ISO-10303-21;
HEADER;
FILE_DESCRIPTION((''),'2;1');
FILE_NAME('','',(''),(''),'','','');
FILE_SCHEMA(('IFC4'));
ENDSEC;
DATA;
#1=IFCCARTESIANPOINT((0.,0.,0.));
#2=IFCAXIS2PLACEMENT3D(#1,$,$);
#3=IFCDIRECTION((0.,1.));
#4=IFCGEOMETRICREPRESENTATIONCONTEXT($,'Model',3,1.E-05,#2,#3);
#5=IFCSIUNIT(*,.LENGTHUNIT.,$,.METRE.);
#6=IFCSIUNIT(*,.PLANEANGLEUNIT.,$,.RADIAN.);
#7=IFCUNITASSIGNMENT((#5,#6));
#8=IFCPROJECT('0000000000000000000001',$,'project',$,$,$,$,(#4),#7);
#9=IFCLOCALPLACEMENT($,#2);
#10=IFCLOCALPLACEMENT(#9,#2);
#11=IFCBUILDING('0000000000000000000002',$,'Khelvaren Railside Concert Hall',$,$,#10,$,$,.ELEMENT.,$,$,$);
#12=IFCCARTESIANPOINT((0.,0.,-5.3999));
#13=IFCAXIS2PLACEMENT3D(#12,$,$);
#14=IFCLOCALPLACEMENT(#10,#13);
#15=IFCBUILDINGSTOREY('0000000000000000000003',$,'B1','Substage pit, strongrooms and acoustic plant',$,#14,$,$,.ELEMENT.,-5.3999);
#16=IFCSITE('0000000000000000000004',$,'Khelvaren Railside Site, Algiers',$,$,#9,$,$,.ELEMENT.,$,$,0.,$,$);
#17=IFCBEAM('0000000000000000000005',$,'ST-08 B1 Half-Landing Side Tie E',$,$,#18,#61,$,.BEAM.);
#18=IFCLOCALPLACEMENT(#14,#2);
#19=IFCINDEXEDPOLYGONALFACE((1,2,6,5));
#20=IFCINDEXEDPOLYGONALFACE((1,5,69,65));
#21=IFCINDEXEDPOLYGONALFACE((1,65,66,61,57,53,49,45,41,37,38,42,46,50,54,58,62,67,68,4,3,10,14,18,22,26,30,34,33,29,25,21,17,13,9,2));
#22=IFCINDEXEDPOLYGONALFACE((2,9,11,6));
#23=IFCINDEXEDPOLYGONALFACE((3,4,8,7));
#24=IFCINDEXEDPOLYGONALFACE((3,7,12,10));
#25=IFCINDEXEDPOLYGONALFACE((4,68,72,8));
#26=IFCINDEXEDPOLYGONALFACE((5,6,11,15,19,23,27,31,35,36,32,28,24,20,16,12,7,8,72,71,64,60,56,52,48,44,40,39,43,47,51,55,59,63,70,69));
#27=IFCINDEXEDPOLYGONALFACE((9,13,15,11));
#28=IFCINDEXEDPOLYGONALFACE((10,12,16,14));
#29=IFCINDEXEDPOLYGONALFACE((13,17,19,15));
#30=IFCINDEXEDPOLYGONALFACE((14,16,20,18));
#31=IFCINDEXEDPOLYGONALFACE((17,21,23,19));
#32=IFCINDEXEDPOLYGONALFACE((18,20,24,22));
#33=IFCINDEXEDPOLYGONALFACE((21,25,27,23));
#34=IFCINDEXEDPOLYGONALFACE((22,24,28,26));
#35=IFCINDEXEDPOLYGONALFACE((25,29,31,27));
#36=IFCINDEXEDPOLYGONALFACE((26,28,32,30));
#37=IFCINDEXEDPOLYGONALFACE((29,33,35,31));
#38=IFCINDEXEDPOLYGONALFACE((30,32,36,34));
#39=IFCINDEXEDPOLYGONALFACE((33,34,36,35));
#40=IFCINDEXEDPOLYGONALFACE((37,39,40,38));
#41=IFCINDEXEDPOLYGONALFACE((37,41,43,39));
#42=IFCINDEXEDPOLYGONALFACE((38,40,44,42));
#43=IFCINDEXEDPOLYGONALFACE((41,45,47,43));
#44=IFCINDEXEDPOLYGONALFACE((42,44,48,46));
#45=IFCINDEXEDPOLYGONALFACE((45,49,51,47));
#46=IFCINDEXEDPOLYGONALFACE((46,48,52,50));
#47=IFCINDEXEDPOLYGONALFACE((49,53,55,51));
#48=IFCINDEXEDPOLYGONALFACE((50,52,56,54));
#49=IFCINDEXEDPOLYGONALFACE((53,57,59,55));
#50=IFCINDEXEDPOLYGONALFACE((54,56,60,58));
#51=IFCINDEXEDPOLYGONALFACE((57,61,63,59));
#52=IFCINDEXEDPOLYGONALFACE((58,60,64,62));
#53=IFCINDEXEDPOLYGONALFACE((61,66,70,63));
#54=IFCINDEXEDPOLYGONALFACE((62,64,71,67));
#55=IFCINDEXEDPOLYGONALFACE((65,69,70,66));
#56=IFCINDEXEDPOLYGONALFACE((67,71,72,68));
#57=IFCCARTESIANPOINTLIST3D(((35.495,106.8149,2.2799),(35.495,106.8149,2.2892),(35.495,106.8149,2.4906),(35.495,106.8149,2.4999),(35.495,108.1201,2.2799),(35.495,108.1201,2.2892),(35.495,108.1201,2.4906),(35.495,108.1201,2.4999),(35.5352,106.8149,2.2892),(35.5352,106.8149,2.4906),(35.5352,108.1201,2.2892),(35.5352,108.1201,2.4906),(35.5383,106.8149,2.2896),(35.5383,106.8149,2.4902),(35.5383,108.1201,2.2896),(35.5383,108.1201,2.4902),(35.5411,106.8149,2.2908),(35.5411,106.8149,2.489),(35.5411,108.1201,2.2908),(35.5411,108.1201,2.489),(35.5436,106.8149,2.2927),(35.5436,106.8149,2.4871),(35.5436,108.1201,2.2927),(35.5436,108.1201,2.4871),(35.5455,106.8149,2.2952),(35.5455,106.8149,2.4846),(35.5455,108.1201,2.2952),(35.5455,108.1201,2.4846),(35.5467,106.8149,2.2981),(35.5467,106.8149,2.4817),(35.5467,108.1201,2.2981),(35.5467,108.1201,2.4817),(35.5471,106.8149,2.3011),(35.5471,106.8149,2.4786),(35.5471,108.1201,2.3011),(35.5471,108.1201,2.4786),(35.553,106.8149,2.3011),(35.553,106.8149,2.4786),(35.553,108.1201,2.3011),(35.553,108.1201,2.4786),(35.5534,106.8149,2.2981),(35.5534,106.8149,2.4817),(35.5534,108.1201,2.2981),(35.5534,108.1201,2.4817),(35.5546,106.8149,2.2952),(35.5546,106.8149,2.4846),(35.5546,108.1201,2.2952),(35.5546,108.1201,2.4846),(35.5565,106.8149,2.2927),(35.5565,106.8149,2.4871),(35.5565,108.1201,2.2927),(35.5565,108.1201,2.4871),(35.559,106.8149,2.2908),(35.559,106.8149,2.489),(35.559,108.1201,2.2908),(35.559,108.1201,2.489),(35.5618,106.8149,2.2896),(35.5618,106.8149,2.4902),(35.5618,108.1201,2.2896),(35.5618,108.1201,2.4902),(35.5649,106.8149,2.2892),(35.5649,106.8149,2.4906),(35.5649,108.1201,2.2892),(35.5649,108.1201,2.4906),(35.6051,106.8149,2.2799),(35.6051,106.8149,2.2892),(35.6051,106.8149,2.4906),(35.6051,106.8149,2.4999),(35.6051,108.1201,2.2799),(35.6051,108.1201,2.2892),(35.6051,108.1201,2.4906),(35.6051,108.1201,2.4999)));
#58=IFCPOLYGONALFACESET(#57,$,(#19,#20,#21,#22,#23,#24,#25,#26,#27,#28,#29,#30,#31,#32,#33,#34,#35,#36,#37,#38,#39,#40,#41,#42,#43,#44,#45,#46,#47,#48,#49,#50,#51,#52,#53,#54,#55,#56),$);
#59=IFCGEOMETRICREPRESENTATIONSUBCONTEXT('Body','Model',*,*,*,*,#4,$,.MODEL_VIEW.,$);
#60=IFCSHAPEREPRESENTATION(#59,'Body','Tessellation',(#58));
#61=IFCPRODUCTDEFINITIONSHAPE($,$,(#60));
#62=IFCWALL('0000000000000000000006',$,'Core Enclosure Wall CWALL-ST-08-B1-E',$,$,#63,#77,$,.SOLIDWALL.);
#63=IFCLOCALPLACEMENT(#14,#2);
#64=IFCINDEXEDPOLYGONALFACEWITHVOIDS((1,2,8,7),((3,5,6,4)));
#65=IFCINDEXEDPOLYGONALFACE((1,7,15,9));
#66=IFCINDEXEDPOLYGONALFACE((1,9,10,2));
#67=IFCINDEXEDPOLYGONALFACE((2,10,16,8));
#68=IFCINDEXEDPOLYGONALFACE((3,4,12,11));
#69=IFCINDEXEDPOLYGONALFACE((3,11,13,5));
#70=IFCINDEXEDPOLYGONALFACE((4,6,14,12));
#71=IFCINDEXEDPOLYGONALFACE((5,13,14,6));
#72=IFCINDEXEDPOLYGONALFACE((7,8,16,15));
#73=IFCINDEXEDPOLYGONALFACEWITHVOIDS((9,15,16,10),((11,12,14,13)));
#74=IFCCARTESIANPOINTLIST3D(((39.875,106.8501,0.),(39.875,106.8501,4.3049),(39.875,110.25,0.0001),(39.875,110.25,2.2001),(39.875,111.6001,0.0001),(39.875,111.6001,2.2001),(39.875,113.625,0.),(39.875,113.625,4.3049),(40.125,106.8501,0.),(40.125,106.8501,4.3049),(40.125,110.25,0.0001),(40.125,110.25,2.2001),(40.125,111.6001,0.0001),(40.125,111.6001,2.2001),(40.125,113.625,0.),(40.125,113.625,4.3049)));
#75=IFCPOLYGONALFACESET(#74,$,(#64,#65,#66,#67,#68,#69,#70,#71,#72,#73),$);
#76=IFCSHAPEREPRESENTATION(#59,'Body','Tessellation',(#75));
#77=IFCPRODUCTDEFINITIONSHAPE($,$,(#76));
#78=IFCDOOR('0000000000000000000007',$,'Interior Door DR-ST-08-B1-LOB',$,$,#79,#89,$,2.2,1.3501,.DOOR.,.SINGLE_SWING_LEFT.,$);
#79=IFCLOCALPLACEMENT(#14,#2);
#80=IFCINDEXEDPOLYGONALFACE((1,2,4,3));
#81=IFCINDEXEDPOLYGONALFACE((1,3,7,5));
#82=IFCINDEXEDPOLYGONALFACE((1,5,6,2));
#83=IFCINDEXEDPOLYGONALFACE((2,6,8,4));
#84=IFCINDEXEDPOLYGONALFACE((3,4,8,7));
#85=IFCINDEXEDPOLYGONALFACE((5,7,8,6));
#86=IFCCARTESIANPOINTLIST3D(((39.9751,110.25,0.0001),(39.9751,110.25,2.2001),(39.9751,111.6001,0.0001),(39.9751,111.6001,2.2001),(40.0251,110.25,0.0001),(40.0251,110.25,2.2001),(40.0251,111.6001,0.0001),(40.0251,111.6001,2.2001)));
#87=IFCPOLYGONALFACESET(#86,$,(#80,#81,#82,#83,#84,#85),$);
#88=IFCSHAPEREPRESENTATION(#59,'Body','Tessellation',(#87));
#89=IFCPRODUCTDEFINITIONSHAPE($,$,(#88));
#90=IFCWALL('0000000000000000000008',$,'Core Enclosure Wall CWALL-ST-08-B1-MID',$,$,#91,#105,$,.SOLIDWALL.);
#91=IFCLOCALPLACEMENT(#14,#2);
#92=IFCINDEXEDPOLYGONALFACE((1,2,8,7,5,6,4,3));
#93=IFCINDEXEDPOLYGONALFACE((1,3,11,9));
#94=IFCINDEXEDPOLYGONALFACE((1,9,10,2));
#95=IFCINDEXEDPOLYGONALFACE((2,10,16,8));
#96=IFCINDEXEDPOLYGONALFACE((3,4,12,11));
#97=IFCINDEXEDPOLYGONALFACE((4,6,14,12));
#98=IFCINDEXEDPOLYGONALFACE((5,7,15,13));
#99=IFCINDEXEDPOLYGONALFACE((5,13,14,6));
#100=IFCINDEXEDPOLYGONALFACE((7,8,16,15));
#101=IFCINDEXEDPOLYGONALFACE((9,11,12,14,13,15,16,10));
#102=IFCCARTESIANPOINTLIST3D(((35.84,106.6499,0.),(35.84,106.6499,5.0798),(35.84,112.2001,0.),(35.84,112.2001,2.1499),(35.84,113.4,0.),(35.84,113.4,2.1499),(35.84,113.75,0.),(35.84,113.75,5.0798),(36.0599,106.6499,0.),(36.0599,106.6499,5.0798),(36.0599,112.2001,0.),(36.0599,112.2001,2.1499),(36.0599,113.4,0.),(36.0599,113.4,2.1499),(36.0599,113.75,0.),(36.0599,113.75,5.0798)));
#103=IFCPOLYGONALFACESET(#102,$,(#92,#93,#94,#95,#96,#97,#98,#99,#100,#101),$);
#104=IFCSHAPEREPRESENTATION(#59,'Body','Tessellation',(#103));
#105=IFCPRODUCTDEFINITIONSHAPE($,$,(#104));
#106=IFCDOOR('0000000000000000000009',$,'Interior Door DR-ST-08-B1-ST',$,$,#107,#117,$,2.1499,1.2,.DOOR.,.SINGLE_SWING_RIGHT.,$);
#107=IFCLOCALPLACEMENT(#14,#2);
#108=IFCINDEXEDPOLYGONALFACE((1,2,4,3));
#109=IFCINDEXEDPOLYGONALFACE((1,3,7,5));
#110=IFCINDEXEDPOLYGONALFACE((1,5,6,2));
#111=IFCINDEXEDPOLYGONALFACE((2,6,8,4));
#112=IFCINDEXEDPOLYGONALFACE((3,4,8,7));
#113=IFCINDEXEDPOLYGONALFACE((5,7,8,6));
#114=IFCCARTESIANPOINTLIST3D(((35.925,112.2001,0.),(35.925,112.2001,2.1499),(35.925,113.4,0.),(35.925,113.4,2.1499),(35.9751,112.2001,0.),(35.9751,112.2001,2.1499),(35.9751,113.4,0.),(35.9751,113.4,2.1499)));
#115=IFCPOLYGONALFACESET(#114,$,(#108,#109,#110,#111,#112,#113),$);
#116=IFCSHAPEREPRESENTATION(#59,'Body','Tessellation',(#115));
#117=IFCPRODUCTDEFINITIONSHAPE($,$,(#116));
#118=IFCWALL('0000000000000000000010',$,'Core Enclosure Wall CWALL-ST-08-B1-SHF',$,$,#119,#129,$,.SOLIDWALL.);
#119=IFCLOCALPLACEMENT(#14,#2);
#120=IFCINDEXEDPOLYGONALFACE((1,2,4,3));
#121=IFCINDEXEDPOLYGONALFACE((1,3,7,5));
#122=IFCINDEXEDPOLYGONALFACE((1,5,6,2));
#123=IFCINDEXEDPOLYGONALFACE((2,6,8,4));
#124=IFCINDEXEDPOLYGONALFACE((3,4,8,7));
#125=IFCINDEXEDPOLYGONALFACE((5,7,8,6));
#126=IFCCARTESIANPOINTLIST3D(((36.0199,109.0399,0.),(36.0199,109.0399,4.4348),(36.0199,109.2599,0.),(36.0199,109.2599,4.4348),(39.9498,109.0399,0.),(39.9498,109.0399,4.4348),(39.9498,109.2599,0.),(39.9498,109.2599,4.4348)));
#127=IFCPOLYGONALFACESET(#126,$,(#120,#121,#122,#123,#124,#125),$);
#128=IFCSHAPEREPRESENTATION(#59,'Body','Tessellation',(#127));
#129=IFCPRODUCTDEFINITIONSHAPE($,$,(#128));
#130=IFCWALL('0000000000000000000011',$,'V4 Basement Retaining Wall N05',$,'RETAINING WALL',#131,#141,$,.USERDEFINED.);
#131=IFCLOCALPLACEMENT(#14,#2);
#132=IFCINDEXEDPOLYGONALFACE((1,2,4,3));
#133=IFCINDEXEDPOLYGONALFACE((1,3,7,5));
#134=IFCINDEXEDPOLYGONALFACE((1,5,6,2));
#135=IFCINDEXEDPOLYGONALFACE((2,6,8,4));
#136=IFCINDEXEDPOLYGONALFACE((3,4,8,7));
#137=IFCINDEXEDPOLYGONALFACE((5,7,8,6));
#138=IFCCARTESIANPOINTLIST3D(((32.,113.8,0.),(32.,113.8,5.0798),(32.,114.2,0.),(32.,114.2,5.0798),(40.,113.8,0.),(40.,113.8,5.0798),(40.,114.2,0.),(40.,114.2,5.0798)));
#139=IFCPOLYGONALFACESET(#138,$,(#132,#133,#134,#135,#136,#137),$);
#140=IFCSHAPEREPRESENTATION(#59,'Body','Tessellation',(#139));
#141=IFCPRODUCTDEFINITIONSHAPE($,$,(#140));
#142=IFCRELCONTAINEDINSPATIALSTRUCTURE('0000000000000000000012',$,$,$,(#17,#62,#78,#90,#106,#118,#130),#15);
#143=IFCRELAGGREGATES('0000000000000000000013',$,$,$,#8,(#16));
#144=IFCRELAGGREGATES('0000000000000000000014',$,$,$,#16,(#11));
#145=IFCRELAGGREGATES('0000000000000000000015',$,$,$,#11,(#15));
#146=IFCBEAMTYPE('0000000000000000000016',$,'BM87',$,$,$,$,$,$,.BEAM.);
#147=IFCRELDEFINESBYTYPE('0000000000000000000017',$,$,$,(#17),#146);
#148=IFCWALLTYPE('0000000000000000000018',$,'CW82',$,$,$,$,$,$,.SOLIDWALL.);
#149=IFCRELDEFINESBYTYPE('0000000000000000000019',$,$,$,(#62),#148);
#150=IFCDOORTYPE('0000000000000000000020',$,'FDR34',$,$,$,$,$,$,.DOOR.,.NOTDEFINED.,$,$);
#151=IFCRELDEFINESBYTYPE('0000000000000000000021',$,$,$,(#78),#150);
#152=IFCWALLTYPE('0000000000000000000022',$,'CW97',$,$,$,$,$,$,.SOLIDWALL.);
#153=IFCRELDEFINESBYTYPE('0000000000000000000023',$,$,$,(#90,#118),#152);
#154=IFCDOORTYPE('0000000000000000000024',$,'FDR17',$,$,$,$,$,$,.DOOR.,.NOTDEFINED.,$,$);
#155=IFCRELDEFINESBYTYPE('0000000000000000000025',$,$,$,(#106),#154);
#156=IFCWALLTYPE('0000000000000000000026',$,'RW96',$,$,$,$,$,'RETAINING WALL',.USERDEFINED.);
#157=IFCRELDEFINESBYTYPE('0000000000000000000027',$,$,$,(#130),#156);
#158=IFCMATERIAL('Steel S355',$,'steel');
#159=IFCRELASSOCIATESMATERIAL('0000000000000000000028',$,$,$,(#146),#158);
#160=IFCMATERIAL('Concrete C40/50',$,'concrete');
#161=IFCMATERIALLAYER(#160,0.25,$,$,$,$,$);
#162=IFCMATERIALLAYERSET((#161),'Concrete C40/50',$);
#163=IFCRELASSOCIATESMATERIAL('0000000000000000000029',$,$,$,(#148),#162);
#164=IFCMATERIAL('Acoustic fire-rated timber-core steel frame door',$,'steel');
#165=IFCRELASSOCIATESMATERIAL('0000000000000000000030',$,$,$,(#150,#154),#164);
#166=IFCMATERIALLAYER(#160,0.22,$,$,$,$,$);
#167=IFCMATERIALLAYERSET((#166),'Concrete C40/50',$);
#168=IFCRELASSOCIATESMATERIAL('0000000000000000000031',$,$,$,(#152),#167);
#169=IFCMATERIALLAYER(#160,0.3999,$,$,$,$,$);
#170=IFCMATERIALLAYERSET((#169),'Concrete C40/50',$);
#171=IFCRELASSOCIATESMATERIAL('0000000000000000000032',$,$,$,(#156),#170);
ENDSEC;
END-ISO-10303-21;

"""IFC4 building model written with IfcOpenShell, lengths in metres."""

from ifc_helpers import new_model, si_unit, direction, frame, frame_2d, origin, origin_2d, place, context, subcontext, project, spatial, rectangle, i_section, extrude, material, layer, layer_set, material_profile, profile_set, type_object, element, fill, save


model = new_model("IFC4")

# Units and contexts
model_context = context("Model", 3, precision=1e-05, world=origin(), true_north=direction((0.0, 1.0)))
body_context = subcontext(model_context, "Body", "Model", "MODEL_VIEW")
ifc_project = project(units=[si_unit("LENGTHUNIT", "METRE"), si_unit("PLANEANGLEUNIT", "RADIAN")], contexts=[model_context])

# Site, building, storey
site_placement = place(None, origin())
site = spatial("IfcSite", under=ifc_project, at=site_placement, Name="Khelvaren Railside Site, Algiers", CompositionType="ELEMENT", RefElevation=0.0)
building_placement = place(site_placement, origin())
building = spatial("IfcBuilding", under=site, at=building_placement, Name="Khelvaren Railside Concert Hall", CompositionType="ELEMENT")
storey_placement = place(building_placement, frame((0.0, 0.0, -5.3999)))
storey = spatial("IfcBuildingStorey", under=building, at=storey_placement, Name="B1", Description="Substage pit, strongrooms and acoustic plant", CompositionType="ELEMENT", Elevation=-5.3999)

# Beam
ifc_material_1 = material(Name="Steel S355", Category="steel")
ifc_material_profile_1 = material_profile(ifc_material_1, i_section(OverallWidth=0.1101, OverallDepth=0.22, WebThickness=0.0059, FlangeThickness=0.0093, FilletRadius=0.012, at=origin_2d()), Name="IPE 220")
ifc_profile_set_1 = profile_set([ifc_material_profile_1], Name="Steel S355")
beam_type = type_object("IfcBeamType", Name="BM87", PredefinedType="BEAM", material=ifc_profile_set_1)
beam_placement = place(storey_placement, frame((35.55, 106.8149, 2.3899), z_axis=(0.0, 1.0, 0.0), x_axis=(-1.0, 0.0, 0.0)))
element("IfcBeam", 1, at=beam_placement, inside=storey, type_object=beam_type, Name="ST-08 B1 Half-Landing Side Tie E", PredefinedType="BEAM", context=body_context, shape_type="SweptSolid", body=[
    extrude(i_section(OverallWidth=0.1101, OverallDepth=0.22, WebThickness=0.0059, FlangeThickness=0.0093, FilletRadius=0.012, at=origin_2d()), origin(), (0.0, 0.0, 1.0), 1.3052),
])

# Walls, openings, doors
ifc_material_2 = material(Name="Concrete C40/50", Category="concrete")
ifc_layer_1 = layer(ifc_material_2, 0.25)
ifc_layer_set_1 = layer_set([ifc_layer_1], Name="Concrete C40/50")
wall_type_1 = type_object("IfcWallType", Name="CW82", PredefinedType="SOLIDWALL", material=ifc_layer_set_1)
wall_1_placement = place(storey_placement, frame((40.0, 106.8501, 0.0), z_axis=(0.0, 0.0, 1.0), x_axis=(0.0, 1.0, 0.0)))
wall_1 = element("IfcWall", 2, at=wall_1_placement, inside=storey, type_object=wall_type_1, Name="Core Enclosure Wall CWALL-ST-08-B1-E", PredefinedType="SOLIDWALL", context=body_context, shape_type="SweptSolid", body=[
    extrude(rectangle(XDim=6.7749, YDim=0.25, at=frame_2d((3.3875, 0.0))), origin(), (0.0, 0.0, 1.0), 4.3049),
])
opening_1_placement = place(wall_1_placement, frame((3.3999, 0.0, 0.0)))
opening_1 = element("IfcOpeningElement", 3, at=opening_1_placement, cuts=wall_1, PredefinedType="OPENING", context=body_context, shape_type="SweptSolid", body=[
    extrude(rectangle(XDim=1.3501, YDim=2.2, at=frame_2d((0.675, 1.1001))), frame((0.0, 0.135, 0.0), z_axis=(0.0, -1.0, 0.0), x_axis=(1.0, 0.0, 0.0)), (0.0, 0.0, 1.0), 0.27),
])
ifc_material_3 = material(Name="Acoustic fire-rated timber-core steel frame door", Category="steel")
door_type_1 = type_object("IfcDoorType", Name="FDR34", OperationType="NOTDEFINED", PredefinedType="DOOR", material=ifc_material_3)
door_1_placement = place(opening_1_placement, origin())
door_1 = element("IfcDoor", 4, at=door_1_placement, inside=storey, type_object=door_type_1, Name="Interior Door DR-ST-08-B1-LOB", OperationType="SINGLE_SWING_LEFT", OverallHeight=2.2, OverallWidth=1.3501, PredefinedType="DOOR", context=body_context, shape_type="SweptSolid", body=[
    extrude(rectangle(XDim=1.3501, YDim=2.2, at=frame_2d((0.675, 1.1001))), frame((0.0, 0.0249, 0.0), z_axis=(0.0, -1.0, 0.0), x_axis=(1.0, 0.0, 0.0)), (0.0, 0.0, 1.0), 0.05),
])
fill(opening_1, door_1)
ifc_layer_2 = layer(ifc_material_2, 0.22)
ifc_layer_set_2 = layer_set([ifc_layer_2], Name="Concrete C40/50")
wall_type_2 = type_object("IfcWallType", Name="CW97", PredefinedType="SOLIDWALL", material=ifc_layer_set_2)
wall_2_placement = place(storey_placement, frame((35.95, 106.6499, 0.0), z_axis=(0.0, 0.0, 1.0), x_axis=(0.0, 1.0, 0.0)))
wall_2 = element("IfcWall", 5, at=wall_2_placement, inside=storey, type_object=wall_type_2, Name="Core Enclosure Wall CWALL-ST-08-B1-MID", PredefinedType="SOLIDWALL", context=body_context, shape_type="SweptSolid", body=[
    extrude(rectangle(XDim=7.1001, YDim=0.22, at=frame_2d((3.55, 0.0))), origin(), (0.0, 0.0, 1.0), 5.0798),
])
opening_2_placement = place(wall_2_placement, frame((5.55, 0.0, 0.0)))
opening_2 = element("IfcOpeningElement", 6, at=opening_2_placement, cuts=wall_2, PredefinedType="OPENING", context=body_context, shape_type="SweptSolid", body=[
    extrude(rectangle(XDim=1.2, YDim=2.1499, at=frame_2d((0.6001, 1.075))), frame((0.0, 0.1199, 0.0), z_axis=(0.0, -1.0, 0.0), x_axis=(1.0, 0.0, 0.0)), (0.0, 0.0, 1.0), 0.24),
])
door_type_2 = type_object("IfcDoorType", Name="FDR17", OperationType="NOTDEFINED", PredefinedType="DOOR", material=ifc_material_3)
door_2_placement = place(opening_2_placement, origin())
door_2 = element("IfcDoor", 7, at=door_2_placement, inside=storey, type_object=door_type_2, Name="Interior Door DR-ST-08-B1-ST", OperationType="SINGLE_SWING_RIGHT", OverallHeight=2.1499, OverallWidth=1.2, PredefinedType="DOOR", context=body_context, shape_type="SweptSolid", body=[
    extrude(rectangle(XDim=1.2, YDim=2.1499, at=frame_2d((0.6001, 1.075))), frame((0.0, 0.0249, 0.0), z_axis=(0.0, -1.0, 0.0), x_axis=(1.0, 0.0, 0.0)), (0.0, 0.0, 1.0), 0.05),
])
fill(opening_2, door_2)

# Walls
wall_3_placement = place(storey_placement, frame((36.02, 109.1499, 0.0), z_axis=(0.0, 0.0, 1.0), x_axis=(1.0, 0.0, 0.0)))
element("IfcWall", 8, at=wall_3_placement, inside=storey, type_object=wall_type_2, Name="Core Enclosure Wall CWALL-ST-08-B1-SHF", PredefinedType="SOLIDWALL", context=body_context, shape_type="SweptSolid", body=[
    extrude(rectangle(XDim=3.9299, YDim=0.22, at=frame_2d((1.9648, 0.0))), origin(), (0.0, 0.0, 1.0), 4.4348),
])
ifc_layer_3 = layer(ifc_material_2, 0.3999)
ifc_layer_set_3 = layer_set([ifc_layer_3], Name="Concrete C40/50")
wall_type_3 = type_object("IfcWallType", Name="RW96", ElementType="RETAINING WALL", PredefinedType="USERDEFINED", material=ifc_layer_set_3)
wall_4_placement = place(storey_placement, frame((40.0, 114.0, 0.0), z_axis=(0.0, 0.0, 1.0), x_axis=(-1.0, 0.0, 0.0)))
element("IfcWall", 9, at=wall_4_placement, inside=storey, type_object=wall_type_3, Name="V4 Basement Retaining Wall N05", ObjectType="RETAINING WALL", PredefinedType="USERDEFINED", context=body_context, shape_type="SweptSolid", body=[
    extrude(rectangle(XDim=8.0, YDim=0.3999, at=frame_2d((4.0, 0.0))), origin(), (0.0, 0.0, 1.0), 5.0798),
])

save(model, "model.ifc")
